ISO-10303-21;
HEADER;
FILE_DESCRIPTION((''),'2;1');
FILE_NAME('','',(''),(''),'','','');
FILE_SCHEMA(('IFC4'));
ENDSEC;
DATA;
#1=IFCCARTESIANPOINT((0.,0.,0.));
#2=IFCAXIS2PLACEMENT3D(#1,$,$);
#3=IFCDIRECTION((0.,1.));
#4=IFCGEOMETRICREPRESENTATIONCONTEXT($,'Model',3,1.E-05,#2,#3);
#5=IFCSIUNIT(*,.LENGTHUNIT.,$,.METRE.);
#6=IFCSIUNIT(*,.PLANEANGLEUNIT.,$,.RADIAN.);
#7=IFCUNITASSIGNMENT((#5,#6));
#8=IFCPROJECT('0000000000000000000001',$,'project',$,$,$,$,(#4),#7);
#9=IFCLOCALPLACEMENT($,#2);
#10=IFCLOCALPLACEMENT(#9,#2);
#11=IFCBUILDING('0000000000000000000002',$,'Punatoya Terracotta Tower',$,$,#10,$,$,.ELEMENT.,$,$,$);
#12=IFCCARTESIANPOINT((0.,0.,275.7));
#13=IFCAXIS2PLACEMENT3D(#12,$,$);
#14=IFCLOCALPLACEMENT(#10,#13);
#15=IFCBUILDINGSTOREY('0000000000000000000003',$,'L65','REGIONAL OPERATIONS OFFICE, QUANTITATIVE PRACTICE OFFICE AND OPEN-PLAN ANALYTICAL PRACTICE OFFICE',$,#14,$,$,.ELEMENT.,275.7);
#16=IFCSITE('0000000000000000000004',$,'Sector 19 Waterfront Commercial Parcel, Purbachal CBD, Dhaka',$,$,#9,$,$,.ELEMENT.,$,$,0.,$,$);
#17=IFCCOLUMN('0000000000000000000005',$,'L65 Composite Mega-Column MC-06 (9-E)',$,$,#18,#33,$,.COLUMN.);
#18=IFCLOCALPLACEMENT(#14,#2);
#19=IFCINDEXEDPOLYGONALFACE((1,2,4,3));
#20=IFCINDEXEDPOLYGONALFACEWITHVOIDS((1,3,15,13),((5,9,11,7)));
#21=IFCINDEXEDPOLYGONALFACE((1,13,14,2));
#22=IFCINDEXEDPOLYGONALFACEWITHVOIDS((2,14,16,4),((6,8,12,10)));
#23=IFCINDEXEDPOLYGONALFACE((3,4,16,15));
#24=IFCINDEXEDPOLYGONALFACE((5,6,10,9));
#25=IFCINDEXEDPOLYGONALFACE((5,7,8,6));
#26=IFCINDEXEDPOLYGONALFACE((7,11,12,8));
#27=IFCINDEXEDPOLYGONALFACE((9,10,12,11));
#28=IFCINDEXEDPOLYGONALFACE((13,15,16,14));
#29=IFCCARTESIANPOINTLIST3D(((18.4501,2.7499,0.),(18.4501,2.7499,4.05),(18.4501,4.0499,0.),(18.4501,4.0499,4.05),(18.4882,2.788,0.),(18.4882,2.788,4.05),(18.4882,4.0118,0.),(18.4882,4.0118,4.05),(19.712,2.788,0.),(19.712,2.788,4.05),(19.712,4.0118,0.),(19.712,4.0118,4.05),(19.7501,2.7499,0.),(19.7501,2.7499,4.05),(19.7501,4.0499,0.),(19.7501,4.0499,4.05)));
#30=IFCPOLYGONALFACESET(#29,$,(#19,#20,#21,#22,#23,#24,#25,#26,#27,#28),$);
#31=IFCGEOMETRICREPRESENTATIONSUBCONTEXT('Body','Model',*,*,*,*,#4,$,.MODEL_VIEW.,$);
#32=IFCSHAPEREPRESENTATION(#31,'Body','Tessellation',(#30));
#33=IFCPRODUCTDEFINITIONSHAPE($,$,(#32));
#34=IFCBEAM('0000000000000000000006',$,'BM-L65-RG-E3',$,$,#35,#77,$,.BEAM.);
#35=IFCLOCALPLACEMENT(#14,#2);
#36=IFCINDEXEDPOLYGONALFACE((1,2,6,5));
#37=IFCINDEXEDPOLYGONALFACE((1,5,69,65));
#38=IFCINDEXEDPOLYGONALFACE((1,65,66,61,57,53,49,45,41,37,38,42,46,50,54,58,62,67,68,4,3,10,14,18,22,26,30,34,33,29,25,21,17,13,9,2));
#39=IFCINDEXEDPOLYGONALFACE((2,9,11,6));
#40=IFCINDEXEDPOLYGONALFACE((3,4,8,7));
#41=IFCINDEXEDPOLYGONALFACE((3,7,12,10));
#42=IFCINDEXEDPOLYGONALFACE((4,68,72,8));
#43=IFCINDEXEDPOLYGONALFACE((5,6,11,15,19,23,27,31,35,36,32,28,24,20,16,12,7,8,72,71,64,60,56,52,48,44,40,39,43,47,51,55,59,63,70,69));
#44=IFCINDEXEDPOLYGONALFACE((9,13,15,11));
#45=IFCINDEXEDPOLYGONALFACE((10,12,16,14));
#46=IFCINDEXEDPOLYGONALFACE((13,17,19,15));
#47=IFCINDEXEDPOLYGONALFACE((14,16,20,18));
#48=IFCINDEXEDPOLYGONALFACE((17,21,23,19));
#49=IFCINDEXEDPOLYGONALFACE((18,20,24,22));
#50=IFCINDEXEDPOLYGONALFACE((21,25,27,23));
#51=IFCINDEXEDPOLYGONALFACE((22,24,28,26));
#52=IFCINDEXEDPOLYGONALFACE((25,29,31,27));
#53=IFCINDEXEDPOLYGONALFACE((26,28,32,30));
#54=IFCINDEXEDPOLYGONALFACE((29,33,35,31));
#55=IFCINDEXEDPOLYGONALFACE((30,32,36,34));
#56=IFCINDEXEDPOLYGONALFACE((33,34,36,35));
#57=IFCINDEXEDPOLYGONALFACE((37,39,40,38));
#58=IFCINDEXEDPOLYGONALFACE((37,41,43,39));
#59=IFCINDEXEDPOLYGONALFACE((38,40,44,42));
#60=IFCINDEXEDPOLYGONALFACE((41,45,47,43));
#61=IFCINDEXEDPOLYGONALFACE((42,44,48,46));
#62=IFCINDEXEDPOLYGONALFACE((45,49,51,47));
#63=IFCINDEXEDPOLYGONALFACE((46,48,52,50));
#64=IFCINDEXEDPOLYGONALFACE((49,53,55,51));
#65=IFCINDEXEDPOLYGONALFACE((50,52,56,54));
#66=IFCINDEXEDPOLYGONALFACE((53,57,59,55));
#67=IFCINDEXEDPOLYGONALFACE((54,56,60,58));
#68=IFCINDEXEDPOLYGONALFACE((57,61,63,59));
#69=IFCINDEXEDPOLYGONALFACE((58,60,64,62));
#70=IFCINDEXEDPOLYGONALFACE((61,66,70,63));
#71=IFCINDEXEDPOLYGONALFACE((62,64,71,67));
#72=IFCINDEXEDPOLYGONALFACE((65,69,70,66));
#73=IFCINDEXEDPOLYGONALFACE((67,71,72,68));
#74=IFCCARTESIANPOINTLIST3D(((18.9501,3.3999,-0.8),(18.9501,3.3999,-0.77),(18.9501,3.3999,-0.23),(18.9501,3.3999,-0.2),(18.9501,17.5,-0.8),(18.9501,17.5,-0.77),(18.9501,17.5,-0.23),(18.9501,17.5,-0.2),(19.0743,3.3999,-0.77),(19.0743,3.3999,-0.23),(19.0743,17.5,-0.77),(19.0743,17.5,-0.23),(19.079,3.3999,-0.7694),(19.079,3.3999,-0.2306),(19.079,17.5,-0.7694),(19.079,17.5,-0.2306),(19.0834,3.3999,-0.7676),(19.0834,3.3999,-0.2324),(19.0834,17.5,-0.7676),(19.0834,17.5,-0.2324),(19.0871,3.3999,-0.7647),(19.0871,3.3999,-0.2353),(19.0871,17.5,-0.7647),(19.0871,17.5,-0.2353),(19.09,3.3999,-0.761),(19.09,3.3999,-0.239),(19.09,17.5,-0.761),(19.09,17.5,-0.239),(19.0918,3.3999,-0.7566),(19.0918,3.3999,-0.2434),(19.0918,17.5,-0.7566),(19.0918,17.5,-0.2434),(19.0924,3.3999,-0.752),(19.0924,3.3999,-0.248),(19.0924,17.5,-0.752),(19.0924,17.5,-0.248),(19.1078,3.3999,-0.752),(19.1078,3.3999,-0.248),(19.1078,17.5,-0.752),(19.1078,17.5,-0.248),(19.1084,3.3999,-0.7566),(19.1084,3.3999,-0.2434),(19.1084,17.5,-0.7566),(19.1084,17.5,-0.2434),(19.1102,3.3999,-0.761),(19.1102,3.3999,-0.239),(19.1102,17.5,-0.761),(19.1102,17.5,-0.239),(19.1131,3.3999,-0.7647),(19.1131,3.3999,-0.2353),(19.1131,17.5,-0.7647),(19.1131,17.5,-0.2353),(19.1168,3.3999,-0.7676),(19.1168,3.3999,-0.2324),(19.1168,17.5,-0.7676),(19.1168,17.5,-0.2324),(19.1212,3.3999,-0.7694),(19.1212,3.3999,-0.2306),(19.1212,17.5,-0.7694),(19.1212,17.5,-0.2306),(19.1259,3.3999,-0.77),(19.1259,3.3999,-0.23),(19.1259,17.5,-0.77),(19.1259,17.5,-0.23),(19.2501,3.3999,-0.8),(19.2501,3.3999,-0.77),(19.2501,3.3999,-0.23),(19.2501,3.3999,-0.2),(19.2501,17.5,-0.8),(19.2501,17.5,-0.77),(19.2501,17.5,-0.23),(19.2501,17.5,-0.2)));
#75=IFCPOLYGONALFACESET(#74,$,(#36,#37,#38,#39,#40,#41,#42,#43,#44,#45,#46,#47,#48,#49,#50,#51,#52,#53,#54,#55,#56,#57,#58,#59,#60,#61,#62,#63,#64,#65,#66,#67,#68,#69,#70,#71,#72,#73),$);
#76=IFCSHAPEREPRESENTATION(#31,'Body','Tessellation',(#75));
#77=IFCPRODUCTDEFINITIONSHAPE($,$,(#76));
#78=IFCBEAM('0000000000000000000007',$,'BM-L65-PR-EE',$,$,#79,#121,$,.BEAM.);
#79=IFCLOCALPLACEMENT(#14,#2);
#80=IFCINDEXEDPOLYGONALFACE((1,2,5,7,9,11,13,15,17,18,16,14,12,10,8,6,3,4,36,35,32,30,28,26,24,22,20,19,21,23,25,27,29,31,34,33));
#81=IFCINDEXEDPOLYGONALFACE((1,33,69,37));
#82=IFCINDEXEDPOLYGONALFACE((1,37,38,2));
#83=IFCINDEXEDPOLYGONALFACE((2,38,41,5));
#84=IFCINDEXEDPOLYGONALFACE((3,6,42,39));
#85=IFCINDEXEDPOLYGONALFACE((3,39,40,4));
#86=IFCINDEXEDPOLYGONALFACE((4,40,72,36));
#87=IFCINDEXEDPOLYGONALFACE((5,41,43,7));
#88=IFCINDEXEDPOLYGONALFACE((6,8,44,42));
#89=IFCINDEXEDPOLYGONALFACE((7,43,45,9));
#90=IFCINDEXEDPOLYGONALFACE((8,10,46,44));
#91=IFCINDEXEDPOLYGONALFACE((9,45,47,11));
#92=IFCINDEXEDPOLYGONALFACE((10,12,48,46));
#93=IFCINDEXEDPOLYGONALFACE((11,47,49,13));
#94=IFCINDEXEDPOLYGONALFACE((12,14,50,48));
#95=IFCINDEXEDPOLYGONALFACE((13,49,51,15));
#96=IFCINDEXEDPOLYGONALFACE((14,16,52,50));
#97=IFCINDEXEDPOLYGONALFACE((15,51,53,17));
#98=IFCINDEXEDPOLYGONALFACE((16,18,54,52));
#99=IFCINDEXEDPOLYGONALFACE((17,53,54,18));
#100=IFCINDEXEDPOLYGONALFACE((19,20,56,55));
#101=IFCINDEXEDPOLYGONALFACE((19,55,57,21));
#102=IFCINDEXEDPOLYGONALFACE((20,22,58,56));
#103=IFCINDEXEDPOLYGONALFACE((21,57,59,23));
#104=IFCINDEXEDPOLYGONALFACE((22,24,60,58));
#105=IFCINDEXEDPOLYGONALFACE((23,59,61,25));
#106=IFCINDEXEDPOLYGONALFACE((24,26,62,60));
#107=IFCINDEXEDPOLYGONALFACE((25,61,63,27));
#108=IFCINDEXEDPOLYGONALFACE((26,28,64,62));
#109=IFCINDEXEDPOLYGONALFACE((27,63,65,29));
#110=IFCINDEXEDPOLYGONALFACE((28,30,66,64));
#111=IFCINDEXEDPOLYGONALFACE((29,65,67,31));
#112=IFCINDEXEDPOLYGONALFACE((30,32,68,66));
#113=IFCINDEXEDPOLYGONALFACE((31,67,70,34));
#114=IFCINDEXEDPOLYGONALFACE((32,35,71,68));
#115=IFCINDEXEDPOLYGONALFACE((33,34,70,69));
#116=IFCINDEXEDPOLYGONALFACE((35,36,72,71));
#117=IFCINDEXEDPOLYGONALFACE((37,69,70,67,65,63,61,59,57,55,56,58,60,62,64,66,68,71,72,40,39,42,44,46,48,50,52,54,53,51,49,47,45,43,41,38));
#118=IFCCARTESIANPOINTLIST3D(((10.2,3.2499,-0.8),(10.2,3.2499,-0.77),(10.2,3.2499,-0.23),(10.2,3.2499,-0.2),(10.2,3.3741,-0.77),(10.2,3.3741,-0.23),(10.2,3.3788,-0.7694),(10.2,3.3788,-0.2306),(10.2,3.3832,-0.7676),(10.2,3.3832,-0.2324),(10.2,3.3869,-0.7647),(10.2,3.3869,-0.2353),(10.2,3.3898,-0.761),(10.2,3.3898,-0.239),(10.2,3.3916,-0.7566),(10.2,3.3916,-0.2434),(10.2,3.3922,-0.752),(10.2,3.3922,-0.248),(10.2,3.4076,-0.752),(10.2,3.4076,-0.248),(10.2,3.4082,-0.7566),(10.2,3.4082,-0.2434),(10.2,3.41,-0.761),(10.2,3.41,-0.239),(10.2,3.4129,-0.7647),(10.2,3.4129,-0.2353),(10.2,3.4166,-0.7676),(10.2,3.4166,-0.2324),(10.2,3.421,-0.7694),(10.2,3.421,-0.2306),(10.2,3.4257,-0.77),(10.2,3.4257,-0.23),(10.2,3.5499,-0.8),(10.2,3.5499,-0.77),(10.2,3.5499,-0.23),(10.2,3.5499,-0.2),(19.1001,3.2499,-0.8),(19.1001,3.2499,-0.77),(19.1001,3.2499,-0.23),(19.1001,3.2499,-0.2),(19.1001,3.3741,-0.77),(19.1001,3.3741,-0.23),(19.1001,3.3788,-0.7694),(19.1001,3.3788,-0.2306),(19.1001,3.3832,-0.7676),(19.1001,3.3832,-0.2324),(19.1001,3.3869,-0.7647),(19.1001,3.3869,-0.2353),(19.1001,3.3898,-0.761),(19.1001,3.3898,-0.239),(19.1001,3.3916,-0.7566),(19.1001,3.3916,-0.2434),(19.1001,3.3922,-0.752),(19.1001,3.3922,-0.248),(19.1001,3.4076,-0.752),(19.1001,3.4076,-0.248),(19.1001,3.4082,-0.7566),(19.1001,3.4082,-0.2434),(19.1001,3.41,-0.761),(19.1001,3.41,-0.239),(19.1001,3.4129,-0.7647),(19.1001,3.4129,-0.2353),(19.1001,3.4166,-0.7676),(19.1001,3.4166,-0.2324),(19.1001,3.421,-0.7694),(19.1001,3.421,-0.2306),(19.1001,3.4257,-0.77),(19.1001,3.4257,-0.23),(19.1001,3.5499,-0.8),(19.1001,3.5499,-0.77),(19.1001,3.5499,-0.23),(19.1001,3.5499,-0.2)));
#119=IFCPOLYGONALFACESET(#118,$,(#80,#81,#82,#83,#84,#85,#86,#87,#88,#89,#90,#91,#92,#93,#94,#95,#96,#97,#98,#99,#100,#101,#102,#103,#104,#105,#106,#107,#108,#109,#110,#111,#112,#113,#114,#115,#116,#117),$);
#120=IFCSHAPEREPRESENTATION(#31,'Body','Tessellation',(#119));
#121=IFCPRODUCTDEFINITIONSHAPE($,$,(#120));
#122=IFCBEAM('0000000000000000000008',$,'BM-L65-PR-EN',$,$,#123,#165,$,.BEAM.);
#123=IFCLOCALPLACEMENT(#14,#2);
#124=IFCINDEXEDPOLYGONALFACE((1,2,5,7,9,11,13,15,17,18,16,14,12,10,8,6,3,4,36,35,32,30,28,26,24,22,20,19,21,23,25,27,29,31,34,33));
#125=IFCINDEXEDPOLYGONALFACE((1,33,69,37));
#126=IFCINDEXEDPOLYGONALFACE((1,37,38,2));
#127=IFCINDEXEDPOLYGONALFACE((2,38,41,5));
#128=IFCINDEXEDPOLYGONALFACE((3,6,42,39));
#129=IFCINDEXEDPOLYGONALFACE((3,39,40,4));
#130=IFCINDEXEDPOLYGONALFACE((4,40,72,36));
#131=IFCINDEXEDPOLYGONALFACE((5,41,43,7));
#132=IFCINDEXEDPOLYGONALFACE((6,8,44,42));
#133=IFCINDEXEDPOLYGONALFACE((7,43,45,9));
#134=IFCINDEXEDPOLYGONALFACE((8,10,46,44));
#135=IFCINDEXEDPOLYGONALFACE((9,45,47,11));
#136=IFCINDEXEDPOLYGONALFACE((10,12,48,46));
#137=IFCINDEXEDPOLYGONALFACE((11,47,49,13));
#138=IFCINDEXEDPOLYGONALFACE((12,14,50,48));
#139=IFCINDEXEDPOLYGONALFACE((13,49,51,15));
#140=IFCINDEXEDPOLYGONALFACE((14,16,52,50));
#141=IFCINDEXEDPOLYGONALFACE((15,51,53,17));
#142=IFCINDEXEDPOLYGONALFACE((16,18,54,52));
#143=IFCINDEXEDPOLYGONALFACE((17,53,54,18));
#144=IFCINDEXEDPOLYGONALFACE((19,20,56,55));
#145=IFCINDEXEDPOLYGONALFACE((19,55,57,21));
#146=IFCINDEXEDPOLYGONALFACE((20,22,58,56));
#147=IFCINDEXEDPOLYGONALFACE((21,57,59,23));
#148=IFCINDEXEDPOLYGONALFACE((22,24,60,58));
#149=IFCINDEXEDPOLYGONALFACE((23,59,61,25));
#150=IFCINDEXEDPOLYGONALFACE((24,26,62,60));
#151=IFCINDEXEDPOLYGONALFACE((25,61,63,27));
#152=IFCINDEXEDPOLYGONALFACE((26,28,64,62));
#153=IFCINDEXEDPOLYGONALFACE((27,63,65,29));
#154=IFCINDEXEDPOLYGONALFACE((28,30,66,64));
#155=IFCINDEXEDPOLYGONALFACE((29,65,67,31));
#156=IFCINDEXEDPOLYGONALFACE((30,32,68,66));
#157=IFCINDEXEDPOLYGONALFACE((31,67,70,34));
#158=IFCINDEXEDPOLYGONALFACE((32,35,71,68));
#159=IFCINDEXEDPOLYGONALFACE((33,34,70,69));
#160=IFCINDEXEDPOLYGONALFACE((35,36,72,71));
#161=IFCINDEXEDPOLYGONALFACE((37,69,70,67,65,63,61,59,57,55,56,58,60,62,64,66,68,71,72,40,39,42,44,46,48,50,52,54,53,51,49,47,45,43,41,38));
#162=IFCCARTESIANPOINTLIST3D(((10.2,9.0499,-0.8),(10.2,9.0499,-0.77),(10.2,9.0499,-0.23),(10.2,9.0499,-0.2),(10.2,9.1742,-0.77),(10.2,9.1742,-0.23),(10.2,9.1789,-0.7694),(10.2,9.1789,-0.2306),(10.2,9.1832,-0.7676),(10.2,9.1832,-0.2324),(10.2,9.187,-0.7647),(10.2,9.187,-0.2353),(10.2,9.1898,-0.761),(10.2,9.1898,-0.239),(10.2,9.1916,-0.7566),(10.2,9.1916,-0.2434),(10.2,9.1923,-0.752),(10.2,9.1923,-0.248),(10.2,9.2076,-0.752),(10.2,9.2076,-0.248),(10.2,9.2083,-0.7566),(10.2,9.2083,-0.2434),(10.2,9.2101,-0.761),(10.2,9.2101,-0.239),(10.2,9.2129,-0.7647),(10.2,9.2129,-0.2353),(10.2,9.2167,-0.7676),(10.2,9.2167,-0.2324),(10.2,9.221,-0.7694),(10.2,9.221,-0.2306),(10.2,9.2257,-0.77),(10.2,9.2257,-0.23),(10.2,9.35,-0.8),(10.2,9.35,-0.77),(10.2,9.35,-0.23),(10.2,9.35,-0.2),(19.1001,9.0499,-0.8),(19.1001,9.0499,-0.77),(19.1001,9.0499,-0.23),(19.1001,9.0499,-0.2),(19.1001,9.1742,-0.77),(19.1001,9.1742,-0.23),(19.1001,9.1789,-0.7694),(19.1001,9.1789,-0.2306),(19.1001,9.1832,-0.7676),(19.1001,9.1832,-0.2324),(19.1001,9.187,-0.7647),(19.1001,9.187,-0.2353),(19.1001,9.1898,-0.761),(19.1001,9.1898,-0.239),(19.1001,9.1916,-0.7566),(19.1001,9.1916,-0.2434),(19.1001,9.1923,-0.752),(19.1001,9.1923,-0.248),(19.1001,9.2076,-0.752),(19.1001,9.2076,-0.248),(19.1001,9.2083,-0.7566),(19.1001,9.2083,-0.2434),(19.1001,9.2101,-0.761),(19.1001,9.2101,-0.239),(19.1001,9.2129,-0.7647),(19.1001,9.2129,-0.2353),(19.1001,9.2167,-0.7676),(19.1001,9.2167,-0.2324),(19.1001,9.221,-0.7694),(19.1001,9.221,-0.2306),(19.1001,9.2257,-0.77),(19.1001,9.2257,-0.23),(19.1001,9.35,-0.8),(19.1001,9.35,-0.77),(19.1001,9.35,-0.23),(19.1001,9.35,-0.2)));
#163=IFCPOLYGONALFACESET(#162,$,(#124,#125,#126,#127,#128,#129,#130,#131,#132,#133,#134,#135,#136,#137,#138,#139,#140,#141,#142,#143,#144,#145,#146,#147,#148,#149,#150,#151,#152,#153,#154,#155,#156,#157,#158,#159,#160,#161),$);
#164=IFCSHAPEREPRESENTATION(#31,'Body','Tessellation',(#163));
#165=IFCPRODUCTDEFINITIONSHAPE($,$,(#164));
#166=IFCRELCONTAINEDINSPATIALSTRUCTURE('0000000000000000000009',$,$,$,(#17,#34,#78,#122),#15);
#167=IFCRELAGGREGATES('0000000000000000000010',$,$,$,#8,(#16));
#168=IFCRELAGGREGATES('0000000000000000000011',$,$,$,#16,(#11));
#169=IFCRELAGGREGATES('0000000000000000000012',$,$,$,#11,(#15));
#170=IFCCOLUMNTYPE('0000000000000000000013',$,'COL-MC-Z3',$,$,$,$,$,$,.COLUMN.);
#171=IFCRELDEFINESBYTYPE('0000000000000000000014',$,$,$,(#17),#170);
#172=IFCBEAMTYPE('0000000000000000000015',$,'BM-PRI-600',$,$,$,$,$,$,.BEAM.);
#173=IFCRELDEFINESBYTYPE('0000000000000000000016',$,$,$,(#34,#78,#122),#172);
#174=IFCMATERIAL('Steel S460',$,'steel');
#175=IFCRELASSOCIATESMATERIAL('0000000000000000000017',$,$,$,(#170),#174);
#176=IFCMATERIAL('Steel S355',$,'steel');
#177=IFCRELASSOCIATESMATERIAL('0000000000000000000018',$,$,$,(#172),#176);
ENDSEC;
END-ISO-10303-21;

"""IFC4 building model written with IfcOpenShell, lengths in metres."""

from ifc_helpers import new_model, si_unit, direction, frame, origin, origin_2d, place, context, subcontext, project, spatial, hollow_rectangle, i_section, extrude, material, material_profile, profile_set, type_object, element, save


model = new_model("IFC4")

# Units and contexts
model_context = context("Model", 3, precision=1e-05, world=origin(), true_north=direction((0.0, 1.0)))
body_context = subcontext(model_context, "Body", "Model", "MODEL_VIEW")
ifc_project = project(units=[si_unit("LENGTHUNIT", "METRE"), si_unit("PLANEANGLEUNIT", "RADIAN")], contexts=[model_context])

# Site, building, storey
site_placement = place(None, origin())
site = spatial("IfcSite", under=ifc_project, at=site_placement, Name="Sector 19 Waterfront Commercial Parcel, Purbachal CBD, Dhaka", CompositionType="ELEMENT", RefElevation=0.0)
building_placement = place(site_placement, origin())
building = spatial("IfcBuilding", under=site, at=building_placement, Name="Punatoya Terracotta Tower", CompositionType="ELEMENT")
storey_placement = place(building_placement, frame((0.0, 0.0, 275.7)))
storey = spatial("IfcBuildingStorey", under=building, at=storey_placement, Name="L65", Description="REGIONAL OPERATIONS OFFICE, QUANTITATIVE PRACTICE OFFICE AND OPEN-PLAN ANALYTICAL PRACTICE OFFICE", CompositionType="ELEMENT", Elevation=275.7)

# Column
ifc_material_1 = material(Name="Steel S460", Category="steel")
ifc_material_profile_1 = material_profile(ifc_material_1, hollow_rectangle(XDim=1.3, YDim=1.3, WallThickness=0.0381, at=origin_2d()))
ifc_profile_set_1 = profile_set([ifc_material_profile_1], Name="Steel S460")
column_type = type_object("IfcColumnType", Name="COL-MC-Z3", PredefinedType="COLUMN", material=ifc_profile_set_1)
column_placement = place(storey_placement, frame((19.1001, 3.3999, 0.0), z_axis=(0.0, 0.0, 1.0), x_axis=(1.0, 0.0, 0.0)))
element("IfcColumn", 1, at=column_placement, inside=storey, type_object=column_type, Name="L65 Composite Mega-Column MC-06 (9-E)", PredefinedType="COLUMN", context=body_context, shape_type="SweptSolid", body=[
    extrude(hollow_rectangle(XDim=1.3, YDim=1.3, WallThickness=0.0381, at=origin_2d()), origin(), (0.0, 0.0, 1.0), 4.05),
])

# Beams
ifc_material_2 = material(Name="Steel S355", Category="steel")
ifc_material_profile_2 = material_profile(ifc_material_2, i_section(OverallWidth=0.3, OverallDepth=0.6001, WebThickness=0.0154, FlangeThickness=0.03, FilletRadius=0.0181, at=origin_2d()))
ifc_profile_set_2 = profile_set([ifc_material_profile_2], Name="Steel S355")
beam_type_1 = type_object("IfcBeamType", Name="BM-PRI-600", PredefinedType="BEAM", material=ifc_profile_set_2)
beam_1_placement = place(storey_placement, frame((19.1001, 3.3999, -0.5), z_axis=(0.0, 1.0, 0.0), x_axis=(-1.0, 0.0, 0.0)))
element("IfcBeam", 2, at=beam_1_placement, inside=storey, type_object=beam_type_1, Name="BM-L65-RG-E3", PredefinedType="BEAM", context=body_context, shape_type="SweptSolid", body=[
    extrude(i_section(OverallWidth=0.3, OverallDepth=0.6001, WebThickness=0.0154, FlangeThickness=0.03, FilletRadius=0.0181, at=origin_2d()), origin(), (0.0, 0.0, 1.0), 14.1001),
])
for number, where, z_axis, x_axis, name in (
    (3, (10.2, 3.3999, -0.5), (1.0, 0.0, 0.0), (0.0, 1.0, 0.0), "BM-L65-PR-EE"),
    (4, (10.2, 9.2, -0.5), (1.0, 0.0, 0.0), (0.0, 1.0, 0.0), "BM-L65-PR-EN"),
):
    element("IfcBeam", number, at=place(storey_placement, frame(where, z_axis=z_axis, x_axis=x_axis)), inside=storey, type_object=beam_type_1, Name=name, PredefinedType="BEAM", context=body_context, shape_type="SweptSolid", body=[
        extrude(i_section(OverallWidth=0.3, OverallDepth=0.6001, WebThickness=0.0154, FlangeThickness=0.03, FilletRadius=0.0181, at=origin_2d()), origin(), (0.0, 0.0, 1.0), 8.9001),
    ])

save(model, "model.ifc")
